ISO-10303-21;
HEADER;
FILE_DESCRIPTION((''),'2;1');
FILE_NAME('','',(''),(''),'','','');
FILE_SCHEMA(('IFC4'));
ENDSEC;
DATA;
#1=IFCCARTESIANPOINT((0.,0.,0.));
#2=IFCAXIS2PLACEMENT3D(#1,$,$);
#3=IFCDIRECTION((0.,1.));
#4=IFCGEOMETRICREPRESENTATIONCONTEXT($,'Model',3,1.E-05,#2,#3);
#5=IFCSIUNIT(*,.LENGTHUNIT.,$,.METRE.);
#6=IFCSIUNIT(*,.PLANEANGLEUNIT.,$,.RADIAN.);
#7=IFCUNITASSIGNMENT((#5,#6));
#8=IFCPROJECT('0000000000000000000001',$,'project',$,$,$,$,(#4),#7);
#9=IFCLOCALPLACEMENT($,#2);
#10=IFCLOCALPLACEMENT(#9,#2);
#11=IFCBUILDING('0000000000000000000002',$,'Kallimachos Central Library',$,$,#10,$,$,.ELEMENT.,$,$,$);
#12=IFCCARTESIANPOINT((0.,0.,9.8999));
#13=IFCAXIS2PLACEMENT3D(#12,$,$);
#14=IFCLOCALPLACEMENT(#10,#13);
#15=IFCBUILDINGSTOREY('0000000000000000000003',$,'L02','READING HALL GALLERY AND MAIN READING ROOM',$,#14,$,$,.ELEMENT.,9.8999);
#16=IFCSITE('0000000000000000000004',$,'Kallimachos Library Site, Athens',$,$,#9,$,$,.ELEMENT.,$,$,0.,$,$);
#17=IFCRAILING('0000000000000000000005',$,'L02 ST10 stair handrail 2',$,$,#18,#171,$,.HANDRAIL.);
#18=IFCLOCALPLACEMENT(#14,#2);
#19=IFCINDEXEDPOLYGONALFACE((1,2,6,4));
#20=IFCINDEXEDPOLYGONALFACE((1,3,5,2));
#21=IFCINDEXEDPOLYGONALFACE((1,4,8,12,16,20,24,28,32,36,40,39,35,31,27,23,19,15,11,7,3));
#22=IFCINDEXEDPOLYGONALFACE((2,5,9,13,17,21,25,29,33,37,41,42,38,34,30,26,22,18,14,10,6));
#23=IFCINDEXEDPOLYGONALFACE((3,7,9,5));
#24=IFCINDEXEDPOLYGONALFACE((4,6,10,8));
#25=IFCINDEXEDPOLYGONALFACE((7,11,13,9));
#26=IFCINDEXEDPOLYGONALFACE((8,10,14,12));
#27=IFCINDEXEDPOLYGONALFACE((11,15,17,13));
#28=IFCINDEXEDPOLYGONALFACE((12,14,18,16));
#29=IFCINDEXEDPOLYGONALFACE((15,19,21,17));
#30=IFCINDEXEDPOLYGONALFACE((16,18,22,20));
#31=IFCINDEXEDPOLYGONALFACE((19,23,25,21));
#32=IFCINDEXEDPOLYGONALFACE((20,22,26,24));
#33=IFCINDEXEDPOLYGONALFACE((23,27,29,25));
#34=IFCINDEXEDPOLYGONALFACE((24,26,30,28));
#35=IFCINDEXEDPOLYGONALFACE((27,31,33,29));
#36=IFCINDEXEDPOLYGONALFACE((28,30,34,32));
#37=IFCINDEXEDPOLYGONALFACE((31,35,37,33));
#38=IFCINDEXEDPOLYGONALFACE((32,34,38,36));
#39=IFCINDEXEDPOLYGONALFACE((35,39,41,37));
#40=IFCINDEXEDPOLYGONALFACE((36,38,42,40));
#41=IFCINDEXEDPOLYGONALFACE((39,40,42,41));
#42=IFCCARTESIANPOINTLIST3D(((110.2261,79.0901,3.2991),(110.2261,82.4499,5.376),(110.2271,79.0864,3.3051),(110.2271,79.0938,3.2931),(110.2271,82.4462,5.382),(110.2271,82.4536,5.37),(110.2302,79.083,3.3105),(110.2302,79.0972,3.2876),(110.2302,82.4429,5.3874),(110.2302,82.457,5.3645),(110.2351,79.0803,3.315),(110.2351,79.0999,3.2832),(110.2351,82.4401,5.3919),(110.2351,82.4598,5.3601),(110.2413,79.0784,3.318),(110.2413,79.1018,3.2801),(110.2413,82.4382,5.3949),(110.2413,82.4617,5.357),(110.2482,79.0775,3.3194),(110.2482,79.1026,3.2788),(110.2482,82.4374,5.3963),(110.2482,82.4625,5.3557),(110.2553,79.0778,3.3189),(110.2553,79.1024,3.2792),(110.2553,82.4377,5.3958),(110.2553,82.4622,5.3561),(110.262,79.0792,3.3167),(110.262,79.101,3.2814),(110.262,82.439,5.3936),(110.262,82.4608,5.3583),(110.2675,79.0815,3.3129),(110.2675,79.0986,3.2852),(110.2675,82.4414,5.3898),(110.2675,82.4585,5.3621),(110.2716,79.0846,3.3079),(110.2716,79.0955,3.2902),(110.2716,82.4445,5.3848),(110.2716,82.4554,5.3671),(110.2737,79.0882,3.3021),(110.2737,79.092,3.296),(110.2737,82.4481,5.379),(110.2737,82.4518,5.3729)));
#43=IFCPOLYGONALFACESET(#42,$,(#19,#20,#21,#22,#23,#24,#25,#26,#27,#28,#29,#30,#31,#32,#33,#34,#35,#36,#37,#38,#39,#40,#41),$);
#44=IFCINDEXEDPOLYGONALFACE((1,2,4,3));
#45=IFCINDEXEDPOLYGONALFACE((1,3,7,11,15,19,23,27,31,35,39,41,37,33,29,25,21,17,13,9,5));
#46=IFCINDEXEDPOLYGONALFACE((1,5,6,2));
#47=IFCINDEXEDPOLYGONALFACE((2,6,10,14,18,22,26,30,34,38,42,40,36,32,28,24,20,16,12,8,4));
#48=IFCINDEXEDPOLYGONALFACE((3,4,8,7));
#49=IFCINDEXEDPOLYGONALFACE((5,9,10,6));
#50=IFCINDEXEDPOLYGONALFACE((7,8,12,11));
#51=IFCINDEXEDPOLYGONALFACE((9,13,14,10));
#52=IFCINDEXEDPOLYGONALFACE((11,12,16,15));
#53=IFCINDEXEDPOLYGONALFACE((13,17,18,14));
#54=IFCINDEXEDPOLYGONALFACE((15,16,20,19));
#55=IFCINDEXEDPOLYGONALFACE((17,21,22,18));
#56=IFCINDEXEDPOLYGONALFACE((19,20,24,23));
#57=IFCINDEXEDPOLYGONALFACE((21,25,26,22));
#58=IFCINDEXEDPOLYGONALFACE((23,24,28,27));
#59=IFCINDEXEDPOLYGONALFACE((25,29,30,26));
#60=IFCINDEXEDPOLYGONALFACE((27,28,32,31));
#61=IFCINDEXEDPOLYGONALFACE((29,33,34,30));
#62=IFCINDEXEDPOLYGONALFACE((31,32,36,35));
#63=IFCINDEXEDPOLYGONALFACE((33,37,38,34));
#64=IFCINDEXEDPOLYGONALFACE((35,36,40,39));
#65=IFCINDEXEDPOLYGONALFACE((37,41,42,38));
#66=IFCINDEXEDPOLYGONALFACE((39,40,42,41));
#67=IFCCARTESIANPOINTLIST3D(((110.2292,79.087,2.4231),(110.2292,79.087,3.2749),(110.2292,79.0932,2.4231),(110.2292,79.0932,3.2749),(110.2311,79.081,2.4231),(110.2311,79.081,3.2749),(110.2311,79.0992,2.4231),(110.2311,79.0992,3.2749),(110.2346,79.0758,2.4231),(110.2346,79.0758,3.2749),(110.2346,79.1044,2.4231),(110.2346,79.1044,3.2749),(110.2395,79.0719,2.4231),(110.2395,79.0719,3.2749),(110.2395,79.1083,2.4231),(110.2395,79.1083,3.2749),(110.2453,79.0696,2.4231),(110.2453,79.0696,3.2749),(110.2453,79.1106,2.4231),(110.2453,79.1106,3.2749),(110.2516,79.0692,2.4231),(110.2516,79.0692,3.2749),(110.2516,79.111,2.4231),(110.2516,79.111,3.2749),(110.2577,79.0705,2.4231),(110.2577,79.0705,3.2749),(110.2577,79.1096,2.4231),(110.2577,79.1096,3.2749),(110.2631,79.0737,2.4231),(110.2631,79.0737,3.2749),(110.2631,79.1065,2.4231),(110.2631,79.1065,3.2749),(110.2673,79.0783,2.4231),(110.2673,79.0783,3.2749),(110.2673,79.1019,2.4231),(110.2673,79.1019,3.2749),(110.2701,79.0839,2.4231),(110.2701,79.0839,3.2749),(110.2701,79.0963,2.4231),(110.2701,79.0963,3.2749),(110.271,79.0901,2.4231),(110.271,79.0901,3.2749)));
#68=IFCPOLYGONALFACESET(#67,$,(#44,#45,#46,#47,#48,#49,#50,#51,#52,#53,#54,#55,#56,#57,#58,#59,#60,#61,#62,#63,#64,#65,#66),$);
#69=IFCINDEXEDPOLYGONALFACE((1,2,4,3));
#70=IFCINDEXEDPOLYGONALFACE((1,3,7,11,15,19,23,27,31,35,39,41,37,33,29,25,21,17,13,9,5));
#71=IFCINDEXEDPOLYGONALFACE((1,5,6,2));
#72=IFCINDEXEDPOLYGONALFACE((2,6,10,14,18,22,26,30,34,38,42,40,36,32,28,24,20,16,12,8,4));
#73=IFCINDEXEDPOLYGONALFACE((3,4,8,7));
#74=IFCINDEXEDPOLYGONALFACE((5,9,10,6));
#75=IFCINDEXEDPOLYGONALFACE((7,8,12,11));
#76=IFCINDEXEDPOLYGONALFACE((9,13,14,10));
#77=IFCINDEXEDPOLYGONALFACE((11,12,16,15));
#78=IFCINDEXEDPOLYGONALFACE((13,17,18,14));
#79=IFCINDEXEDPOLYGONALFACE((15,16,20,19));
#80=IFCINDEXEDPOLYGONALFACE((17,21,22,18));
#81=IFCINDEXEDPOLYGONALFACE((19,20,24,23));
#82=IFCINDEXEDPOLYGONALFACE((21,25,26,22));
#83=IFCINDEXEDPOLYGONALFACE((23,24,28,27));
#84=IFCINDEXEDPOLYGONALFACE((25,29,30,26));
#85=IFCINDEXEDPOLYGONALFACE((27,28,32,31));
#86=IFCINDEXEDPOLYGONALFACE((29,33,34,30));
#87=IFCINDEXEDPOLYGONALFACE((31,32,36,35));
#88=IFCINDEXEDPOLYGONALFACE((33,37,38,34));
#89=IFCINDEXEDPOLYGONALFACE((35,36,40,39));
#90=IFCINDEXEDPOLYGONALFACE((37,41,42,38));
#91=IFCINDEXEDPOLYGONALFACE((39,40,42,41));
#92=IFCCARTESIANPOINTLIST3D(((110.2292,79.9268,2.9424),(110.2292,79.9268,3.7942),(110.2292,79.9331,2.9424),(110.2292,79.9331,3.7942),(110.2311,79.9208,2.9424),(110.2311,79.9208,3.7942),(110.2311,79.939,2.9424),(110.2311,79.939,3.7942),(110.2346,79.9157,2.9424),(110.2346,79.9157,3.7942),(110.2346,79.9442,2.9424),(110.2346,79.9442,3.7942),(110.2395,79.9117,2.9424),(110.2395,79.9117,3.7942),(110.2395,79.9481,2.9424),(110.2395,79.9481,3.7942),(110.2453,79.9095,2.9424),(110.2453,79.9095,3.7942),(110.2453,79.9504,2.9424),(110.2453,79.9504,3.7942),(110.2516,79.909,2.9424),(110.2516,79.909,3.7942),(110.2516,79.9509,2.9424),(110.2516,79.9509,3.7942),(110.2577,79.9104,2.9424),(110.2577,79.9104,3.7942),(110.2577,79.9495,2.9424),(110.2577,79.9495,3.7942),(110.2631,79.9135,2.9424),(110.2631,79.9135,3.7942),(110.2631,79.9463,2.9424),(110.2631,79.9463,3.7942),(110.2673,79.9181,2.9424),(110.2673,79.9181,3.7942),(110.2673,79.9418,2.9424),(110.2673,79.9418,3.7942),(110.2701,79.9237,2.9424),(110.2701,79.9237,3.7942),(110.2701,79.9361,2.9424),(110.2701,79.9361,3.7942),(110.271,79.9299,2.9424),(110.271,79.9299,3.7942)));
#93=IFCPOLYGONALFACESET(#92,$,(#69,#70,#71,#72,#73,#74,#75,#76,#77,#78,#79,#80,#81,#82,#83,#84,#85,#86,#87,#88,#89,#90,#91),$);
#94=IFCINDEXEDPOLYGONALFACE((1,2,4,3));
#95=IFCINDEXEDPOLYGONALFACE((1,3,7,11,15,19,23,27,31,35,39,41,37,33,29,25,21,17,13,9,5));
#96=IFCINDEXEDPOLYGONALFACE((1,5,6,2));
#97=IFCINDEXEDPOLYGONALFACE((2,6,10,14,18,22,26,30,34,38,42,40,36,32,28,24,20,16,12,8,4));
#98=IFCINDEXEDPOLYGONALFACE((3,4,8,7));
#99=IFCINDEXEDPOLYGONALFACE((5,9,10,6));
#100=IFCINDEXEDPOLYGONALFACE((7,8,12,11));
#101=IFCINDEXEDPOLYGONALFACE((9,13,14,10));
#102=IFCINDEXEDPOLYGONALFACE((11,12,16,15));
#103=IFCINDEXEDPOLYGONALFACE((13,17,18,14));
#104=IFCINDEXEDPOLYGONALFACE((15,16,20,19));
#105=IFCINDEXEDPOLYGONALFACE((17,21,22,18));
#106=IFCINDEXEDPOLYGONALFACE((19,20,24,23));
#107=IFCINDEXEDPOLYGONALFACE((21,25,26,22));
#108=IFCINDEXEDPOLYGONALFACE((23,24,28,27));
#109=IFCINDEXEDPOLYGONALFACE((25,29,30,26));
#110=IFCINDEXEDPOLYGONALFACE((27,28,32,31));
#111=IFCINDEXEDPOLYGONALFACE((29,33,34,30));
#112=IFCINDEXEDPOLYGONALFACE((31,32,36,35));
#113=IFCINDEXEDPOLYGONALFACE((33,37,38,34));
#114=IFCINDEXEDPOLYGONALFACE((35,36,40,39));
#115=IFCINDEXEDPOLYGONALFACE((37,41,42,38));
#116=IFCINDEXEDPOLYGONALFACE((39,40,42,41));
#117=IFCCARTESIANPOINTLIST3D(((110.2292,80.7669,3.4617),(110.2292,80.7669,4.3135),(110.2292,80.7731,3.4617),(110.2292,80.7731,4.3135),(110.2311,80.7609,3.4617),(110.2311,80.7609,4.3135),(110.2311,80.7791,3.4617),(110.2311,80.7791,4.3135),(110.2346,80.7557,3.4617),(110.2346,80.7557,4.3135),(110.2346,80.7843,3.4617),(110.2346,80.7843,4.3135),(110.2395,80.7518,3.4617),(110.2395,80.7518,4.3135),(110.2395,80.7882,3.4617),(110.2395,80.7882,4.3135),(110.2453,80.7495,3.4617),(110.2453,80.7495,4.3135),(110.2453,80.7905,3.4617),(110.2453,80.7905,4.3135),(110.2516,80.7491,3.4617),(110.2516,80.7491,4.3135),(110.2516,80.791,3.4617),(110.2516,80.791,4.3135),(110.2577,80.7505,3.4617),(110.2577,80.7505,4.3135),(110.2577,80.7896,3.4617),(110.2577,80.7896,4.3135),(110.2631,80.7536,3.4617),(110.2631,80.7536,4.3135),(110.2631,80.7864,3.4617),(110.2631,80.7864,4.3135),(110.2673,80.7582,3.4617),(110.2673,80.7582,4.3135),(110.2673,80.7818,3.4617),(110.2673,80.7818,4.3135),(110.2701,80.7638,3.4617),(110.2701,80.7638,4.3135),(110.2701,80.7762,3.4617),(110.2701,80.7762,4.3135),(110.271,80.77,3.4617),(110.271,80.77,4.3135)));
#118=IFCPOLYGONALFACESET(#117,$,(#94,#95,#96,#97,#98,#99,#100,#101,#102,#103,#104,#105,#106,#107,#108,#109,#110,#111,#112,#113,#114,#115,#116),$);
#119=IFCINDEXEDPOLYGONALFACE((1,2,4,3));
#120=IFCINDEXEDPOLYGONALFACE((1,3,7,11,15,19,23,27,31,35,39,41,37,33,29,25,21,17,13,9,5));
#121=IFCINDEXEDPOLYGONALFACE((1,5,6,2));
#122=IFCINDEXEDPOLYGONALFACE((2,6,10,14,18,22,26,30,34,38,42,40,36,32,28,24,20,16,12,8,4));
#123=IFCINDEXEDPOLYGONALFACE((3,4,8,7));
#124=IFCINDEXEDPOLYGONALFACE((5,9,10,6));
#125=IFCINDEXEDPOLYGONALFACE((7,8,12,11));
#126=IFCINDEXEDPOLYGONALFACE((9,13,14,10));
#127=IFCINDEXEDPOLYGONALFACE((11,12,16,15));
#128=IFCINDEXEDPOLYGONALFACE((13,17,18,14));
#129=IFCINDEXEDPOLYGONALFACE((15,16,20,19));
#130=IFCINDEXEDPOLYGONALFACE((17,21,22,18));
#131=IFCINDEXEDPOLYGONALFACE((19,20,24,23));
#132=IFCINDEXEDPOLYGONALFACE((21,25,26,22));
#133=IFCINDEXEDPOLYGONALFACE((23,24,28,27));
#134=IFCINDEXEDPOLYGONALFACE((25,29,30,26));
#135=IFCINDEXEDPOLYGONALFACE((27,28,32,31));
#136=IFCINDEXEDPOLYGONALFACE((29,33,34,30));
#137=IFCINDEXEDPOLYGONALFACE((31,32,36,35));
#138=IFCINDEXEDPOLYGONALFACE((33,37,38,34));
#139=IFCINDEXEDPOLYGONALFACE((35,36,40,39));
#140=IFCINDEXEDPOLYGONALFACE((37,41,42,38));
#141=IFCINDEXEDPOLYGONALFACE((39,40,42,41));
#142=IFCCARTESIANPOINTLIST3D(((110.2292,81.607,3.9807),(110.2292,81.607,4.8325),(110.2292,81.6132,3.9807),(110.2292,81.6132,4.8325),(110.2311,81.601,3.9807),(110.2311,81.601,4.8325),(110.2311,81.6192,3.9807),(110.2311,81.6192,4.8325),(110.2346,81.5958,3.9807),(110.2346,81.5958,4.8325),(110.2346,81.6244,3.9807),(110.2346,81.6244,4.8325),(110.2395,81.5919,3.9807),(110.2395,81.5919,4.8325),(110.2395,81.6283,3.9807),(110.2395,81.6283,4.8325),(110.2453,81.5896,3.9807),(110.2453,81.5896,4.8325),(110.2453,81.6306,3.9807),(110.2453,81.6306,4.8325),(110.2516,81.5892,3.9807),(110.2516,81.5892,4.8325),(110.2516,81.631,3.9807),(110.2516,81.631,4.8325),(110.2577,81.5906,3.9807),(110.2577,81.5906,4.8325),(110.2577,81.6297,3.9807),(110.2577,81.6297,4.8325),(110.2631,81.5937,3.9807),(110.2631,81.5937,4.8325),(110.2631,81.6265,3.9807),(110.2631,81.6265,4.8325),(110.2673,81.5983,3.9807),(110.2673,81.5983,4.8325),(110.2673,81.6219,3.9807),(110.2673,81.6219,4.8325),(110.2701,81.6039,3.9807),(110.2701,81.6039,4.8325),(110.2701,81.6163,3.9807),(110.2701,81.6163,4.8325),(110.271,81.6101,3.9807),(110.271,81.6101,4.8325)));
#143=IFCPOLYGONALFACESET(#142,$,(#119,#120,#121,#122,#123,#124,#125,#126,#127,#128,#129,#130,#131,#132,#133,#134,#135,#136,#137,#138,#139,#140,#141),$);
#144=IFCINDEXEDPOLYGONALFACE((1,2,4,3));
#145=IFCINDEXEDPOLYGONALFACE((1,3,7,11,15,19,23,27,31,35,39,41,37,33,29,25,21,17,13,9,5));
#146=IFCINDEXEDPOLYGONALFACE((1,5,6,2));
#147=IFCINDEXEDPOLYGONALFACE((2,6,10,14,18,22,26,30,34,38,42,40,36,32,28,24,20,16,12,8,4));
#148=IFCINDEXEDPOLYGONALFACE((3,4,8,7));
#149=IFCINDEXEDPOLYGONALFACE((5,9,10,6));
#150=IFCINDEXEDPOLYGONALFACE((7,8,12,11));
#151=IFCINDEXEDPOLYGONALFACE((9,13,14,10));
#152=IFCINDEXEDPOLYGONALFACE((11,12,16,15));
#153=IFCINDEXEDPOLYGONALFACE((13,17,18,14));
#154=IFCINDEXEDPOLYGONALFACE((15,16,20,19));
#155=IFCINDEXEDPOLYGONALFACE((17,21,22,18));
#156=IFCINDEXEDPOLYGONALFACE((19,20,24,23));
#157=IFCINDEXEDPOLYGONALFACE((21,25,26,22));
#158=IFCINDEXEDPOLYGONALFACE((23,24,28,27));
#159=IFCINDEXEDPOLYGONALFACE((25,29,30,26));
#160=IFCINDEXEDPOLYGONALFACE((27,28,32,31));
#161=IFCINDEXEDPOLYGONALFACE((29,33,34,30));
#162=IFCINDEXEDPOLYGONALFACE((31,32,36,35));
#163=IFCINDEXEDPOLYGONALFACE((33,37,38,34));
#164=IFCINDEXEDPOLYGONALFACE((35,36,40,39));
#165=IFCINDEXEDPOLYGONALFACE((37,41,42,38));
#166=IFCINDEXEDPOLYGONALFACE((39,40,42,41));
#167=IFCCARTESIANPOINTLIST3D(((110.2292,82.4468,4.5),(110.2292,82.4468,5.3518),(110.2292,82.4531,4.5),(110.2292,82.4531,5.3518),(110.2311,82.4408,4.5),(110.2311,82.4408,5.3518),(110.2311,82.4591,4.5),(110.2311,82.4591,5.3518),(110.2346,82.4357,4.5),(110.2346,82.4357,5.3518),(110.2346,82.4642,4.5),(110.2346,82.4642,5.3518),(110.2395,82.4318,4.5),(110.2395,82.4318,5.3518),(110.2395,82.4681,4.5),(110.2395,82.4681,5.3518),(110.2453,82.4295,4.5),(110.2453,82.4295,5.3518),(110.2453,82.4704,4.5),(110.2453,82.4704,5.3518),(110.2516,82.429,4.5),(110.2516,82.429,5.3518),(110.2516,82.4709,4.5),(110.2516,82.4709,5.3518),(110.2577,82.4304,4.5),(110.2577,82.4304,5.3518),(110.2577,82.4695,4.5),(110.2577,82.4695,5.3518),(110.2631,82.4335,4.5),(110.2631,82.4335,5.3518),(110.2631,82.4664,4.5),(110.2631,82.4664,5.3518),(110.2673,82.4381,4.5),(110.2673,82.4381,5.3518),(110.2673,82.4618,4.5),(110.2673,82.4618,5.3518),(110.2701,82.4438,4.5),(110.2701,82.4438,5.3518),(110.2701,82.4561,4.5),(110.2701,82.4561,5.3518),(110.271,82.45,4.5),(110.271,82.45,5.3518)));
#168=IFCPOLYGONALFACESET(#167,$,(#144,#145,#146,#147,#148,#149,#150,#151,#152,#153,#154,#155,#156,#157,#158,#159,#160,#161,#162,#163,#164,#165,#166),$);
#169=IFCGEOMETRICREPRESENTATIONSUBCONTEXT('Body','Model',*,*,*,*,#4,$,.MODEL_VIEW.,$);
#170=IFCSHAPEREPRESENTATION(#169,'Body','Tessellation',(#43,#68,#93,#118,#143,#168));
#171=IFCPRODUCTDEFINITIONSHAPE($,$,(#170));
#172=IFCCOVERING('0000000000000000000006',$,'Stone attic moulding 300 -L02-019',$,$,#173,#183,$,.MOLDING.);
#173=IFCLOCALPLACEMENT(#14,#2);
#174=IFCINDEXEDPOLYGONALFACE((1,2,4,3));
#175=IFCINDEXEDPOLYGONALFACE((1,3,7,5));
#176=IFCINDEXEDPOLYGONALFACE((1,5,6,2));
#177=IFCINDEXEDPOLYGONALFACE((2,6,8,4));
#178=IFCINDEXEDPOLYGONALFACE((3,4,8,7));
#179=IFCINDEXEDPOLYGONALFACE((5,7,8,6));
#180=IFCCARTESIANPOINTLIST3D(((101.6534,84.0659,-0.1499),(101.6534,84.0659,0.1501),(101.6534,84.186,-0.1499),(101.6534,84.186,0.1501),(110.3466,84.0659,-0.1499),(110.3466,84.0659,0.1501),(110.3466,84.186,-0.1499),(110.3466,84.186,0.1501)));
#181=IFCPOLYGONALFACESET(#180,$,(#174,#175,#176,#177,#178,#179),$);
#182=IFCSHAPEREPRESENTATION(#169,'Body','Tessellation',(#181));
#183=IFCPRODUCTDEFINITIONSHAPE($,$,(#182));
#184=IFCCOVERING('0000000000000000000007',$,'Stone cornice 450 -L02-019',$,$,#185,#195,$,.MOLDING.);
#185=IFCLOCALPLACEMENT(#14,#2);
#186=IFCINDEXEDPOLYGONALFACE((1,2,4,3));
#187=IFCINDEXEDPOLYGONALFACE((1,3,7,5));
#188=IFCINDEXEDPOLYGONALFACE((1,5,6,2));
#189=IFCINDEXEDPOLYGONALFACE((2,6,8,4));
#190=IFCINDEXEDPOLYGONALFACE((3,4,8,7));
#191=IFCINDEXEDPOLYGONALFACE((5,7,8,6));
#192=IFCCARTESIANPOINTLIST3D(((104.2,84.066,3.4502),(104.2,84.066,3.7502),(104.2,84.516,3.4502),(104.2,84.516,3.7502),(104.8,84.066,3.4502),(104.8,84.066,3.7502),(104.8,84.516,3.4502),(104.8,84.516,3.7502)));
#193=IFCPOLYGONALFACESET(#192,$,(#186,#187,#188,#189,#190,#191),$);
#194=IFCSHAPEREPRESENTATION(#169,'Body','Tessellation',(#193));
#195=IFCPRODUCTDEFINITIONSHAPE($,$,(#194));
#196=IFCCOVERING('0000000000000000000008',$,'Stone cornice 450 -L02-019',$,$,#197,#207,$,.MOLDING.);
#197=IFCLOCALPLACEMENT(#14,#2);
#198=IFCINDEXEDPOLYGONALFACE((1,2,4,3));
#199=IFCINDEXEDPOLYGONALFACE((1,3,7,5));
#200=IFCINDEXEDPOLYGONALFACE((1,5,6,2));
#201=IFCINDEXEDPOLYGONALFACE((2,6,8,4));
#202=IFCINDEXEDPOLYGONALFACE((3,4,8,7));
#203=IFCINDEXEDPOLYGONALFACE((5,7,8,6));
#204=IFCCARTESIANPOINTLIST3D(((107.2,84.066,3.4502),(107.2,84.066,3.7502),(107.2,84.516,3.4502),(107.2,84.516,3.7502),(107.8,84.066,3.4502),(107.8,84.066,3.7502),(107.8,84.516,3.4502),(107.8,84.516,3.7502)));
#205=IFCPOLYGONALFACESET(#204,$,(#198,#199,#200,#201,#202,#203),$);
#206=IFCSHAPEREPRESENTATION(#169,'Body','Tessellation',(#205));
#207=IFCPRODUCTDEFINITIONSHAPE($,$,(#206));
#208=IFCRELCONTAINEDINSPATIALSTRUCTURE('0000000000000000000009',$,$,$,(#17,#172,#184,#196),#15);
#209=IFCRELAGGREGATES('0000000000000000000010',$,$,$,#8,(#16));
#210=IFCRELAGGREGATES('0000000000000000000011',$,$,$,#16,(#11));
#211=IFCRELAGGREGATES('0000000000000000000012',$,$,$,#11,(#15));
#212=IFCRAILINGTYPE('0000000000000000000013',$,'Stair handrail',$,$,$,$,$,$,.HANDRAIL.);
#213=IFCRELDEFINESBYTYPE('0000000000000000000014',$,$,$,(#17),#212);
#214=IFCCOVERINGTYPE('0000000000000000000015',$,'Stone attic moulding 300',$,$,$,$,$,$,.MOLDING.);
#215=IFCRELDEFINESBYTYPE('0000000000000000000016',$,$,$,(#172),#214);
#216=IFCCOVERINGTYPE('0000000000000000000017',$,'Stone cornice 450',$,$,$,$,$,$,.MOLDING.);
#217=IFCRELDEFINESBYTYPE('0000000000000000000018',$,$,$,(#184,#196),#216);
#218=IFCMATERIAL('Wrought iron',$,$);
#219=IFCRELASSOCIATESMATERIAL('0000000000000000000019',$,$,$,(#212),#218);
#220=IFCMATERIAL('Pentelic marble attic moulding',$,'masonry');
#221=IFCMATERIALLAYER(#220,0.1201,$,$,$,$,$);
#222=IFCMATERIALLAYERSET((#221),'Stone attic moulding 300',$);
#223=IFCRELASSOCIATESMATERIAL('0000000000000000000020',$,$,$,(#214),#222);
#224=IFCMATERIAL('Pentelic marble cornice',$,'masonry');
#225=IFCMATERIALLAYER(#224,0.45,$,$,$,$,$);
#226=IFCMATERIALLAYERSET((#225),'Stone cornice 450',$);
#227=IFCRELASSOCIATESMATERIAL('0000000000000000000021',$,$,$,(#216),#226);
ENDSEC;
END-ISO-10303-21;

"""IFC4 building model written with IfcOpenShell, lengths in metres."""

from ifc_helpers import new_model, si_unit, direction, frame, origin, origin_2d, place, context, subcontext, project, spatial, rectangle, circle, extrude, material, layer, layer_set, type_object, element, save


model = new_model("IFC4")

# Units and contexts
model_context = context("Model", 3, precision=1e-05, world=origin(), true_north=direction((0.0, 1.0)))
body_context = subcontext(model_context, "Body", "Model", "MODEL_VIEW")
ifc_project = project(units=[si_unit("LENGTHUNIT", "METRE"), si_unit("PLANEANGLEUNIT", "RADIAN")], contexts=[model_context])

# Site, building, storey
site_placement = place(None, origin())
site = spatial("IfcSite", under=ifc_project, at=site_placement, Name="Kallimachos Library Site, Athens", CompositionType="ELEMENT", RefElevation=0.0)
building_placement = place(site_placement, origin())
building = spatial("IfcBuilding", under=site, at=building_placement, Name="Kallimachos Central Library", CompositionType="ELEMENT")
storey_placement = place(building_placement, frame((0.0, 0.0, 9.8999)))
storey = spatial("IfcBuildingStorey", under=building, at=storey_placement, Name="L02", Description="READING HALL GALLERY AND MAIN READING ROOM", CompositionType="ELEMENT", Elevation=9.8999)

# Railing
ifc_material_1 = material(Name="Wrought iron")
railing_type_1 = type_object("IfcRailingType", Name="Stair handrail", PredefinedType="HANDRAIL", material=ifc_material_1)
railing_1_placement = place(storey_placement, frame((110.25, 79.0901, 2.4231)))
element("IfcRailing", 1, at=railing_1_placement, inside=storey, type_object=railing_type_1, Name="L02 ST10 stair handrail 2", PredefinedType="HANDRAIL", context=body_context, shape_type="SweptSolid", body=[
    extrude(circle(Radius=0.0239, at=origin_2d()), frame((0.0, 0.0, 0.876), z_axis=(0.0, 0.850606, 0.525803), x_axis=(-1.0, 0.0, 0.0)), (0.0, 0.0, 1.0), 3.95),
    extrude(circle(Radius=0.021, at=origin_2d()), origin(), (0.0, 0.0, 1.0), 0.8518),
    extrude(circle(Radius=0.021, at=origin_2d()), frame((0.0, 0.8398, 0.5193)), (0.0, 0.0, 1.0), 0.8518),
    extrude(circle(Radius=0.021, at=origin_2d()), frame((0.0, 1.6799, 1.0386)), (0.0, 0.0, 1.0), 0.8518),
    extrude(circle(Radius=0.021, at=origin_2d()), frame((0.0, 2.52, 1.5576)), (0.0, 0.0, 1.0), 0.8518),
    extrude(circle(Radius=0.021, at=origin_2d()), frame((0.0, 3.3599, 2.0769)), (0.0, 0.0, 1.0), 0.8518),
])

# Coverings
ifc_material_2 = material(Name="Pentelic marble attic moulding", Category="masonry")
ifc_layer_1 = layer(ifc_material_2, 0.1201)
ifc_layer_set_1 = layer_set([ifc_layer_1], Name="Stone attic moulding 300")
covering_type_1 = type_object("IfcCoveringType", Name="Stone attic moulding 300", PredefinedType="MOLDING", material=ifc_layer_set_1)
covering_1_placement = place(storey_placement, frame((106.0, 84.126, -0.1499), z_axis=(0.0, 0.0, 1.0), x_axis=(1.0, 0.0, 0.0)))
element("IfcCovering", 2, at=covering_1_placement, inside=storey, type_object=covering_type_1, Name="Stone attic moulding 300 -L02-019", PredefinedType="MOLDING", context=body_context, shape_type="SweptSolid", body=[
    extrude(rectangle(XDim=8.6931, YDim=0.1201, at=origin_2d()), origin(), (0.0, 0.0, 1.0), 0.3),
])
ifc_material_3 = material(Name="Pentelic marble cornice", Category="masonry")
ifc_layer_2 = layer(ifc_material_3, 0.45)
ifc_layer_set_2 = layer_set([ifc_layer_2], Name="Stone cornice 450")
covering_type_2 = type_object("IfcCoveringType", Name="Stone cornice 450", PredefinedType="MOLDING", material=ifc_layer_set_2)
for number, where, z_axis, x_axis, name in (
    (3, (104.5, 84.291, 3.4502), (0.0, 0.0, 1.0), (1.0, 0.0, 0.0), "Stone cornice 450 -L02-019"),
    (4, (107.5, 84.291, 3.4502), (0.0, 0.0, 1.0), (1.0, 0.0, 0.0), "Stone cornice 450 -L02-019"),
):
    element("IfcCovering", number, at=place(storey_placement, frame(where, z_axis=z_axis, x_axis=x_axis)), inside=storey, type_object=covering_type_2, Name=name, PredefinedType="MOLDING", context=body_context, shape_type="SweptSolid", body=[
        extrude(rectangle(XDim=0.6001, YDim=0.45, at=origin_2d()), origin(), (0.0, 0.0, 1.0), 0.3),
    ])

save(model, "model.ifc")
